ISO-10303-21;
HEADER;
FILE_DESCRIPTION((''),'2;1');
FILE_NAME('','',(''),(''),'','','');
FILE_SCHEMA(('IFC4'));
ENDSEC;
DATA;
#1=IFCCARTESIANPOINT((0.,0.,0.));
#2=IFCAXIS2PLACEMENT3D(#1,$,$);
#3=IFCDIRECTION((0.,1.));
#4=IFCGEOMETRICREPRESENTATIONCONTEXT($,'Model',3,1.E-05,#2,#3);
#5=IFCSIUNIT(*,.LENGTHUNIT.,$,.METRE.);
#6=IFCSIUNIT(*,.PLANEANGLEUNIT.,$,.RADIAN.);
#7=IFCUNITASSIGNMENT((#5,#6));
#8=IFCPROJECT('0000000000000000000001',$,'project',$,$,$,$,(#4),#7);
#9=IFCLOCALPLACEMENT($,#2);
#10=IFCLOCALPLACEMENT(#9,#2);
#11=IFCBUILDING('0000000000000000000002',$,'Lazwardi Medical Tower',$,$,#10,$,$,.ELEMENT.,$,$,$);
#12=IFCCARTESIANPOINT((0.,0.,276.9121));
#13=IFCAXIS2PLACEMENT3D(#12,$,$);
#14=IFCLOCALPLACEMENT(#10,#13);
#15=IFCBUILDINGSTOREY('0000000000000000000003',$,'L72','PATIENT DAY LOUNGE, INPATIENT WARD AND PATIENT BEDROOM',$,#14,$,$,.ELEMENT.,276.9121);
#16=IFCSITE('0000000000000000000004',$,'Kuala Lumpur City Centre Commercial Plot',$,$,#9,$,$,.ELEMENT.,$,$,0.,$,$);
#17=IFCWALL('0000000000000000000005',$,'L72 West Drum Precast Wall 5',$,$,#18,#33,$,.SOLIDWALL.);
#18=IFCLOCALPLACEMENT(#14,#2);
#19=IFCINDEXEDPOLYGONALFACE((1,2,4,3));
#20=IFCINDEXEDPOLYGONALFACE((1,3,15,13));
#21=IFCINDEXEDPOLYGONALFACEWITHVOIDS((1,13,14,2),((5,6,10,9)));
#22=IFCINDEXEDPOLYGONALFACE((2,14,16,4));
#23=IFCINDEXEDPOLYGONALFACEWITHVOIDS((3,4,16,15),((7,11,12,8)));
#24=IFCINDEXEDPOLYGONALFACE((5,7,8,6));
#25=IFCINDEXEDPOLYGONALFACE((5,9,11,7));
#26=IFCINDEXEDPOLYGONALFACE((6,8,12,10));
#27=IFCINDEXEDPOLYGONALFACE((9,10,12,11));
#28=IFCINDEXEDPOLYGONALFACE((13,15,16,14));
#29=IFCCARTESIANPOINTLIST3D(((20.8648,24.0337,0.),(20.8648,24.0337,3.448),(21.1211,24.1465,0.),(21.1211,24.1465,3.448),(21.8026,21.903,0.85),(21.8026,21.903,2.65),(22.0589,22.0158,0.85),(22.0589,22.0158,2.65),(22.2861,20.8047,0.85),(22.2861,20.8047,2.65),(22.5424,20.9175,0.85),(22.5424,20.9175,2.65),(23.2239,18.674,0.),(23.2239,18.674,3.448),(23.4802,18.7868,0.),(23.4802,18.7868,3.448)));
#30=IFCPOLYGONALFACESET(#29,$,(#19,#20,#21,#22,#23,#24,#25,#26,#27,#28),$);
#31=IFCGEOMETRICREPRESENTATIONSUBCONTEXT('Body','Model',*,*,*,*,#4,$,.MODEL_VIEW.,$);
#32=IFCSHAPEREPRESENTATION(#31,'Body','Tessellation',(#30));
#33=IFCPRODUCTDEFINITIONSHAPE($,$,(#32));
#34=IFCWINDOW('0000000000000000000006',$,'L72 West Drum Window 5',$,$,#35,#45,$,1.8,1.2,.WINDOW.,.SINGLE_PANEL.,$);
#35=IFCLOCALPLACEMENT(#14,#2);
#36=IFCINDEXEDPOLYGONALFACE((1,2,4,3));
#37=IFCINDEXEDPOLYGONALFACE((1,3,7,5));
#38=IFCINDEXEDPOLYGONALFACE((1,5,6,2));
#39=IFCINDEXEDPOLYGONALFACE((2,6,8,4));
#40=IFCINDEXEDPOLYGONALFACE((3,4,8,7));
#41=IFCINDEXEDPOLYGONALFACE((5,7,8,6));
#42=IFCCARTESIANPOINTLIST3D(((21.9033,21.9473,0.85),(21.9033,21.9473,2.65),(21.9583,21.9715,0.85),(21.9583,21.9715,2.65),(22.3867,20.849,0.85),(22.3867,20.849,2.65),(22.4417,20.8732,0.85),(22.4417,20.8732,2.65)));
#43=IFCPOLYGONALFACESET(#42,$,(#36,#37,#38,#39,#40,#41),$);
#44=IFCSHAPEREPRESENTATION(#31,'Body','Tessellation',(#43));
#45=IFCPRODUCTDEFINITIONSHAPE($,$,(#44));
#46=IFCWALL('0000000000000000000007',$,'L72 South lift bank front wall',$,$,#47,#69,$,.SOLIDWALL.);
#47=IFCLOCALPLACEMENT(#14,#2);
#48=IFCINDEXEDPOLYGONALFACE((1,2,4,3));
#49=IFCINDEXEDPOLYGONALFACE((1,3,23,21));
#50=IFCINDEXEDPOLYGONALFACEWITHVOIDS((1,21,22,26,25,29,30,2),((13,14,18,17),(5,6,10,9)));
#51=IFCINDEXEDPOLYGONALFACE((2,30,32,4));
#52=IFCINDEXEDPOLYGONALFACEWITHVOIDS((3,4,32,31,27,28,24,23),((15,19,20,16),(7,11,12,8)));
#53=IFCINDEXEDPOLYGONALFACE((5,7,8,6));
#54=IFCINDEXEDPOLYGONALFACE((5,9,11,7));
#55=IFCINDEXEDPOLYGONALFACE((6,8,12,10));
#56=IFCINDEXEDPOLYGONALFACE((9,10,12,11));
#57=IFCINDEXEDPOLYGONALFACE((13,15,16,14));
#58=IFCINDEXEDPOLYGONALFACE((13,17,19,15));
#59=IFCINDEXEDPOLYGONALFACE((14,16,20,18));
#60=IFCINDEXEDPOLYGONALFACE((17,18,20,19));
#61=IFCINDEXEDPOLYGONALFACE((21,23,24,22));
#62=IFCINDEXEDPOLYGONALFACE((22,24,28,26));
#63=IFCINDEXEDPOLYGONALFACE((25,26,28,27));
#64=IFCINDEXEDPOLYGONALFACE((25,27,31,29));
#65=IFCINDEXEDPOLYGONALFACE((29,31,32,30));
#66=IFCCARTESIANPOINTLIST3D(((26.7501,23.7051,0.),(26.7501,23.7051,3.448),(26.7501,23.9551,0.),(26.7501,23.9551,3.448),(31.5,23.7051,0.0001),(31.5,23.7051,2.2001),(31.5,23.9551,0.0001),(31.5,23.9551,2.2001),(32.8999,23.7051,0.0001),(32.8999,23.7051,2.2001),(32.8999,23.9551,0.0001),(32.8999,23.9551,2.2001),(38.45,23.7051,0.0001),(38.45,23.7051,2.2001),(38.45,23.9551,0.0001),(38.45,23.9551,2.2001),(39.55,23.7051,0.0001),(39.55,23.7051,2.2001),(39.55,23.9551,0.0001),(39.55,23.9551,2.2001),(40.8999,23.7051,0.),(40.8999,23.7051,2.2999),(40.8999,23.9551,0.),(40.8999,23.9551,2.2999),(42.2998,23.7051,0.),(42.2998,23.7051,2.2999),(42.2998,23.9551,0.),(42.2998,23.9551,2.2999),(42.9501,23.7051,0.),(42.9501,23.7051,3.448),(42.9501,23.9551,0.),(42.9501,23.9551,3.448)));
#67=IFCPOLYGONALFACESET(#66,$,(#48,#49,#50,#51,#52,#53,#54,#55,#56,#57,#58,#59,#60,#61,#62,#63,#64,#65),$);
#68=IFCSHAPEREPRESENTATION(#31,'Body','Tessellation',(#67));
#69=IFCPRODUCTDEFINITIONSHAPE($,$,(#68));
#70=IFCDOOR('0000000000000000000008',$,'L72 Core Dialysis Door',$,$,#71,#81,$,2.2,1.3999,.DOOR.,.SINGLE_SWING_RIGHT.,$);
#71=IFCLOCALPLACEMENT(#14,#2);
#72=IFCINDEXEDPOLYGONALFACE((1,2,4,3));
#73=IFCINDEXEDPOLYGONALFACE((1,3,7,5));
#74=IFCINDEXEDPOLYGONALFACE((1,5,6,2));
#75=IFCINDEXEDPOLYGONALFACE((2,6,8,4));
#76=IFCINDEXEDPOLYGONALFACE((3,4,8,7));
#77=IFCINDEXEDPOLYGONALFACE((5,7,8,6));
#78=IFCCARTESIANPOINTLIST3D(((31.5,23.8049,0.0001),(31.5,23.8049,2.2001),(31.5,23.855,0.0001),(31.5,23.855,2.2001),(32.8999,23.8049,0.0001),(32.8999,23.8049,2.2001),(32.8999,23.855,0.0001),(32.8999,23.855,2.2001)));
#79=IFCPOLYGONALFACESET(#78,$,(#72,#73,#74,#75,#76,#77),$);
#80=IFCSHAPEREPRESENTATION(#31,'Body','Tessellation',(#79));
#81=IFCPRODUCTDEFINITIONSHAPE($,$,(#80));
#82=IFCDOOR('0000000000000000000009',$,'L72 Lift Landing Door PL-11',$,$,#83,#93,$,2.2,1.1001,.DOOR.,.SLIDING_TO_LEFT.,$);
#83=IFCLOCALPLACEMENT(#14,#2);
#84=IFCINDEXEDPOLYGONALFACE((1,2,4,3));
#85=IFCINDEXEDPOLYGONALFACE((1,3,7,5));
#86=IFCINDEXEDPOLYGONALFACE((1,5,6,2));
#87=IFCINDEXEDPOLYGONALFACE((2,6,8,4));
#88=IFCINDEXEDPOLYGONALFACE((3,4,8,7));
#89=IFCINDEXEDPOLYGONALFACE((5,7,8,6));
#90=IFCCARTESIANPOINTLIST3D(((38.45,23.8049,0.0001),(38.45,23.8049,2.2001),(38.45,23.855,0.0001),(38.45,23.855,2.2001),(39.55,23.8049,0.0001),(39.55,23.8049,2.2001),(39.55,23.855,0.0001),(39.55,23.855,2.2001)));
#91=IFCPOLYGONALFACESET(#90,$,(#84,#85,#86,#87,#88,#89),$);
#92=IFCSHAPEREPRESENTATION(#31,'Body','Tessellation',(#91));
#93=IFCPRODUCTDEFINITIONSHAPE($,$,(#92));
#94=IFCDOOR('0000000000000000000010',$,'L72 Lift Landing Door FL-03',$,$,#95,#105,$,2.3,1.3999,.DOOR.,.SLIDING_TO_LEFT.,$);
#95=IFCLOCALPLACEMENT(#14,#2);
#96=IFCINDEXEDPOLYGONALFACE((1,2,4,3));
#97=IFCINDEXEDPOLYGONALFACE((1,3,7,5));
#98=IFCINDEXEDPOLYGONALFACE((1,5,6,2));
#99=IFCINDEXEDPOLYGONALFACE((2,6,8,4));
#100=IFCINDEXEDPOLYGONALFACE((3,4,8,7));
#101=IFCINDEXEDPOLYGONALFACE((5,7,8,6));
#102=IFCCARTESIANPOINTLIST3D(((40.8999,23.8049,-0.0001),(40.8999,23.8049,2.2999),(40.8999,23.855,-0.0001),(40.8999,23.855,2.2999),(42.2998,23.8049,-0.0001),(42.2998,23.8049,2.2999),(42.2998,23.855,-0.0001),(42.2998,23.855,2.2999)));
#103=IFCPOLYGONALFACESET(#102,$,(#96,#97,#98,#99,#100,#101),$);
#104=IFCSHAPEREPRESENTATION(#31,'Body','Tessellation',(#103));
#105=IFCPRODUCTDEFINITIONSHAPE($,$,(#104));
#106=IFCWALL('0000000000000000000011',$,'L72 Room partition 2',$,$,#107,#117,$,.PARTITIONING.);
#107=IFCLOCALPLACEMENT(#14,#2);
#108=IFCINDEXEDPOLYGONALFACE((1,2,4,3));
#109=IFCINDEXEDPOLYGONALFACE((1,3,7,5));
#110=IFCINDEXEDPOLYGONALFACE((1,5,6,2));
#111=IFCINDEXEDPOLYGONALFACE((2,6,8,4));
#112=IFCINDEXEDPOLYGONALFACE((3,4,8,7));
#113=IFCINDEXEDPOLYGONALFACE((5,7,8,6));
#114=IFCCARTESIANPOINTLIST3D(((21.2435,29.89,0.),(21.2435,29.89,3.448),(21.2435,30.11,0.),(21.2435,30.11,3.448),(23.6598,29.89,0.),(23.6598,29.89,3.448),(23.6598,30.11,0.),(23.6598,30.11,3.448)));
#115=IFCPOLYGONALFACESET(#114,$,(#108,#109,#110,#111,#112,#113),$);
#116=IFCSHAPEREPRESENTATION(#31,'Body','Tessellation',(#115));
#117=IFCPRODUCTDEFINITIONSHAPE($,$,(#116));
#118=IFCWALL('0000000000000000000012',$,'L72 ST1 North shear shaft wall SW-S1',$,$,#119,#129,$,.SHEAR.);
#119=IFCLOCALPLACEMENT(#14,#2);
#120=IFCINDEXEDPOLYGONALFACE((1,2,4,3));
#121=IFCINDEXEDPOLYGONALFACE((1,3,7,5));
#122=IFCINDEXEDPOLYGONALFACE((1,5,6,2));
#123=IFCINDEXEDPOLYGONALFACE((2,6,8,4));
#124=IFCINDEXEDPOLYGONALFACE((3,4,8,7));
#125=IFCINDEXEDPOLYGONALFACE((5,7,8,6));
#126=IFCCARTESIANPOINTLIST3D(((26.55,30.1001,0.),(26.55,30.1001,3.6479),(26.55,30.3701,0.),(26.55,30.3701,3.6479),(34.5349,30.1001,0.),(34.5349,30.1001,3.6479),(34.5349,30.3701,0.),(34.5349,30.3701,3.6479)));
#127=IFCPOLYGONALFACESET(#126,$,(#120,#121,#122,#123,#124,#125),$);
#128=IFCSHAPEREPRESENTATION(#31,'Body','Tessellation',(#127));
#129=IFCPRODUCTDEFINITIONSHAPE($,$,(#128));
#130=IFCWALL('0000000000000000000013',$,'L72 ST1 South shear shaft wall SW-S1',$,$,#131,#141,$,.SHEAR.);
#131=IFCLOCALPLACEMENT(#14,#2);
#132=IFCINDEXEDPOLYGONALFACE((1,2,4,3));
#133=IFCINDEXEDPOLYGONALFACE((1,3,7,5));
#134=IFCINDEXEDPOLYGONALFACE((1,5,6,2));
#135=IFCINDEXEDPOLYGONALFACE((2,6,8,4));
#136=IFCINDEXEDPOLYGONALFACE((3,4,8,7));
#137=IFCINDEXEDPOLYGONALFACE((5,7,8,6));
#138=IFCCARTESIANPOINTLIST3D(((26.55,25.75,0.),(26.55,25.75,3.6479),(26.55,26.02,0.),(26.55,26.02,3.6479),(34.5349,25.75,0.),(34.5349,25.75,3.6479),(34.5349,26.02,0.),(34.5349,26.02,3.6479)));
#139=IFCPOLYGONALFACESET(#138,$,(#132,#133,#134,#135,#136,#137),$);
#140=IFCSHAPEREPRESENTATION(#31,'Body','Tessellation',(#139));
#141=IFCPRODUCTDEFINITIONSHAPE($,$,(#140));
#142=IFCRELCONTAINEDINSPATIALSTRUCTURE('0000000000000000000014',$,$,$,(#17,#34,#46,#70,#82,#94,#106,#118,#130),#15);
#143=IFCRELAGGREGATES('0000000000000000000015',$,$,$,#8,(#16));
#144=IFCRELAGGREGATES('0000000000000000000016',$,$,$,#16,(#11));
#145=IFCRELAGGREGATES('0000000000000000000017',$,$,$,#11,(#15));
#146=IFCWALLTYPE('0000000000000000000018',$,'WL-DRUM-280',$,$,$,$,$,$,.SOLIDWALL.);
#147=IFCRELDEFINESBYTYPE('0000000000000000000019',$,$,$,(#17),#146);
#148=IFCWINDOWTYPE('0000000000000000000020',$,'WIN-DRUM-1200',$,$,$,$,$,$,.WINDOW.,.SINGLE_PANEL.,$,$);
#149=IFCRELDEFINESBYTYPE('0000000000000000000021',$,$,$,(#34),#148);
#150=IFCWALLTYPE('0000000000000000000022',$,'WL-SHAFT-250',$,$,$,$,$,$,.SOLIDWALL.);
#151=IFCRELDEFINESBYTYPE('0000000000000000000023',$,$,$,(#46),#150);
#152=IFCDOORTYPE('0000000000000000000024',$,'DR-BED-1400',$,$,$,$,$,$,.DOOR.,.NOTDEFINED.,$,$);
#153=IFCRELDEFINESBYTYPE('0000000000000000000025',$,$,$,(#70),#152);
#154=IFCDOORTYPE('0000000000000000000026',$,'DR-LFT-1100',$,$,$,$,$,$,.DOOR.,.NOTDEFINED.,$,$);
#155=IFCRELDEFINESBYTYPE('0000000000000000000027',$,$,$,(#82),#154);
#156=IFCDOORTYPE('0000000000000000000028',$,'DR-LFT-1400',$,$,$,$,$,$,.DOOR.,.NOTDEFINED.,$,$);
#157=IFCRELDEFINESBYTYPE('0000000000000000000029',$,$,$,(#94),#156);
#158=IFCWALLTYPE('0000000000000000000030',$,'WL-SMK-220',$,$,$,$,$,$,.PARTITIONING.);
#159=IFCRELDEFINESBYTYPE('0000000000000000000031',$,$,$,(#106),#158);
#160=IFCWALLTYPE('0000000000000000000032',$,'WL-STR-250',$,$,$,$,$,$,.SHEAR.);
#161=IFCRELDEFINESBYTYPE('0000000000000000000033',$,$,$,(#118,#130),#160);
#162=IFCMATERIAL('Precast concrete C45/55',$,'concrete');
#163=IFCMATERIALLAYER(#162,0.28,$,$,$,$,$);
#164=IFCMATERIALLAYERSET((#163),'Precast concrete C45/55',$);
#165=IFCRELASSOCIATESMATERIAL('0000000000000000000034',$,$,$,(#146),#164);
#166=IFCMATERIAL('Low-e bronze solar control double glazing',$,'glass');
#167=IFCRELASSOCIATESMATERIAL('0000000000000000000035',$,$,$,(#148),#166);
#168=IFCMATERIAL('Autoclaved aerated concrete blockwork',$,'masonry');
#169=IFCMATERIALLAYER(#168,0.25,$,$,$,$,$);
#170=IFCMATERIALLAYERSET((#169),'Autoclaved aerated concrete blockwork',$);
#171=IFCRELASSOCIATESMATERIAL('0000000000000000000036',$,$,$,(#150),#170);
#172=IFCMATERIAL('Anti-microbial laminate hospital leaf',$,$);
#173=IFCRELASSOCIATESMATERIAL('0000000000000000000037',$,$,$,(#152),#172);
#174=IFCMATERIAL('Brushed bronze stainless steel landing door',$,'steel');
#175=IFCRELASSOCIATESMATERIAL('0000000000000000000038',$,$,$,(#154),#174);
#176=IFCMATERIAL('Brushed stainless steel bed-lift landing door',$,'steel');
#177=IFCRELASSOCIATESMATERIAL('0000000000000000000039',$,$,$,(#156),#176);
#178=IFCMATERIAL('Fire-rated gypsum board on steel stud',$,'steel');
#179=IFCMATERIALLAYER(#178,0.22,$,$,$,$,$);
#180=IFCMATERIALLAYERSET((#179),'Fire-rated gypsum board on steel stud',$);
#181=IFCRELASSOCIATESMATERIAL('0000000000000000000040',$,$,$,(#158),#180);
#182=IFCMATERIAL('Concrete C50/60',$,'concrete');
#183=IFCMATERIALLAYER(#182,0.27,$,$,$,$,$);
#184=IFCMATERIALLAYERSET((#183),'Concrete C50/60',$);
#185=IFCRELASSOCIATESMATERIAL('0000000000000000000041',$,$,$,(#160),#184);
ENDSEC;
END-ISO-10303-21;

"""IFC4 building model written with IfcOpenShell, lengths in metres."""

from ifc_helpers import new_model, si_unit, direction, frame, frame_2d, origin, place, context, subcontext, project, spatial, rectangle, extrude, material, layer, layer_set, type_object, element, fill, save


model = new_model("IFC4")

# Units and contexts
model_context = context("Model", 3, precision=1e-05, world=origin(), true_north=direction((0.0, 1.0)))
body_context = subcontext(model_context, "Body", "Model", "MODEL_VIEW")
ifc_project = project(units=[si_unit("LENGTHUNIT", "METRE"), si_unit("PLANEANGLEUNIT", "RADIAN")], contexts=[model_context])

# Site, building, storey
site_placement = place(None, origin())
site = spatial("IfcSite", under=ifc_project, at=site_placement, Name="Kuala Lumpur City Centre Commercial Plot", CompositionType="ELEMENT", RefElevation=0.0)
building_placement = place(site_placement, origin())
building = spatial("IfcBuilding", under=site, at=building_placement, Name="Lazwardi Medical Tower", CompositionType="ELEMENT")
storey_placement = place(building_placement, frame((0.0, 0.0, 276.9121)))
storey = spatial("IfcBuildingStorey", under=building, at=storey_placement, Name="L72", Description="PATIENT DAY LOUNGE, INPATIENT WARD AND PATIENT BEDROOM", CompositionType="ELEMENT", Elevation=276.9121)

# Wall, opening, window
ifc_material_1 = material(Name="Precast concrete C45/55", Category="concrete")
ifc_layer_1 = layer(ifc_material_1, 0.28)
ifc_layer_set_1 = layer_set([ifc_layer_1], Name="Precast concrete C45/55")
wall_type_1 = type_object("IfcWallType", Name="WL-DRUM-280", PredefinedType="SOLIDWALL", material=ifc_layer_set_1)
ifc_material_2 = material(Name="Low-e bronze solar control double glazing", Category="glass")
window_type = type_object("IfcWindowType", Name="WIN-DRUM-1200", PartitioningType="SINGLE_PANEL", PredefinedType="WINDOW", material=ifc_material_2)
wall_1_placement = place(storey_placement, frame((20.9929, 24.0901, 0.0), z_axis=(0.0, 0.0, 1.0), x_axis=(0.402867, -0.915258, 0.0)))
wall_1 = element("IfcWall", 1, at=wall_1_placement, inside=storey, type_object=wall_type_1, Name="L72 West Drum Precast Wall 5", PredefinedType="SOLIDWALL", context=body_context, shape_type="SweptSolid", body=[
    extrude(rectangle(XDim=5.856, YDim=0.28, at=frame_2d((2.928, 0.0))), origin(), (0.0, 0.0, 1.0), 3.448),
])
opening_1_placement = place(wall_1_placement, frame((2.3279, 0.0, 0.8501)))
opening_1 = element("IfcOpeningElement", 2, at=opening_1_placement, cuts=wall_1, PredefinedType="OPENING", context=body_context, shape_type="SweptSolid", body=[
    extrude(rectangle(XDim=1.2, YDim=1.8, at=frame_2d((0.6001, 0.8999))), frame((0.0, 0.1499, 0.0), z_axis=(0.0, -1.0, 0.0), x_axis=(1.0, 0.0, 0.0)), (0.0, 0.0, 1.0), 0.3),
])
window_1_placement = place(opening_1_placement, origin())
window_1 = element("IfcWindow", 3, at=window_1_placement, inside=storey, type_object=window_type, Name="L72 West Drum Window 5", OverallHeight=1.8, OverallWidth=1.2, PartitioningType="SINGLE_PANEL", PredefinedType="WINDOW", context=body_context, shape_type="SweptSolid", body=[
    extrude(rectangle(XDim=1.2, YDim=1.8, at=frame_2d((0.6001, 0.8999))), frame((0.0, 0.03, 0.0), z_axis=(0.0, -1.0, 0.0), x_axis=(1.0, 0.0, 0.0)), (0.0, 0.0, 1.0), 0.0601),
])
fill(opening_1, window_1)

# Wall, openings, doors
ifc_material_3 = material(Name="Autoclaved aerated concrete blockwork", Category="masonry")
ifc_layer_2 = layer(ifc_material_3, 0.25)
ifc_layer_set_2 = layer_set([ifc_layer_2], Name="Autoclaved aerated concrete blockwork")
wall_type_2 = type_object("IfcWallType", Name="WL-SHAFT-250", PredefinedType="SOLIDWALL", material=ifc_layer_set_2)
wall_2_placement = place(storey_placement, frame((26.75, 23.8301, 0.0), z_axis=(0.0, 0.0, 1.0), x_axis=(1.0, 0.0, 0.0)))
wall_2 = element("IfcWall", 4, at=wall_2_placement, inside=storey, type_object=wall_type_2, Name="L72 South lift bank front wall", PredefinedType="SOLIDWALL", context=body_context, shape_type="SweptSolid", body=[
    extrude(rectangle(XDim=16.2, YDim=0.25, at=frame_2d((8.1001, 0.0))), origin(), (0.0, 0.0, 1.0), 3.448),
])
opening_2_placement = place(wall_2_placement, frame((4.75, 0.0, 0.0)))
opening_2 = element("IfcOpeningElement", 5, at=opening_2_placement, cuts=wall_2, PredefinedType="OPENING", context=body_context, shape_type="SweptSolid", body=[
    extrude(rectangle(XDim=1.3999, YDim=2.2, at=frame_2d((0.7, 1.1001))), frame((0.0, 0.135, 0.0), z_axis=(0.0, -1.0, 0.0), x_axis=(1.0, 0.0, 0.0)), (0.0, 0.0, 1.0), 0.27),
])
opening_3_placement = place(wall_2_placement, frame((11.7, 0.0, 0.0)))
opening_3 = element("IfcOpeningElement", 6, at=opening_3_placement, cuts=wall_2, PredefinedType="OPENING", context=body_context, shape_type="SweptSolid", body=[
    extrude(rectangle(XDim=1.1001, YDim=2.2, at=frame_2d((0.55, 1.1001))), frame((0.0, 0.135, 0.0), z_axis=(0.0, -1.0, 0.0), x_axis=(1.0, 0.0, 0.0)), (0.0, 0.0, 1.0), 0.27),
])
opening_4_placement = place(wall_2_placement, frame((14.1499, 0.0, 0.0)))
opening_4 = element("IfcOpeningElement", 7, at=opening_4_placement, cuts=wall_2, PredefinedType="OPENING", context=body_context, shape_type="SweptSolid", body=[
    extrude(rectangle(XDim=1.3999, YDim=2.3, at=frame_2d((0.7, 1.1499))), frame((0.0, 0.135, 0.0), z_axis=(0.0, -1.0, 0.0), x_axis=(1.0, 0.0, 0.0)), (0.0, 0.0, 1.0), 0.27),
])
ifc_material_4 = material(Name="Anti-microbial laminate hospital leaf")
door_type_1 = type_object("IfcDoorType", Name="DR-BED-1400", OperationType="NOTDEFINED", PredefinedType="DOOR", material=ifc_material_4)
door_1_placement = place(opening_2_placement, origin())
door_1 = element("IfcDoor", 8, at=door_1_placement, inside=storey, type_object=door_type_1, Name="L72 Core Dialysis Door", OperationType="SINGLE_SWING_RIGHT", OverallHeight=2.2, OverallWidth=1.3999, PredefinedType="DOOR", context=body_context, shape_type="SweptSolid", body=[
    extrude(rectangle(XDim=1.3999, YDim=2.2, at=frame_2d((0.7, 1.1001))), frame((0.0, 0.0249, 0.0), z_axis=(0.0, -1.0, 0.0), x_axis=(1.0, 0.0, 0.0)), (0.0, 0.0, 1.0), 0.05),
])
fill(opening_2, door_1)
ifc_material_5 = material(Name="Brushed bronze stainless steel landing door", Category="steel")
door_type_2 = type_object("IfcDoorType", Name="DR-LFT-1100", OperationType="NOTDEFINED", PredefinedType="DOOR", material=ifc_material_5)
door_2_placement = place(opening_3_placement, origin())
door_2 = element("IfcDoor", 9, at=door_2_placement, inside=storey, type_object=door_type_2, Name="L72 Lift Landing Door PL-11", OperationType="SLIDING_TO_LEFT", OverallHeight=2.2, OverallWidth=1.1001, PredefinedType="DOOR", context=body_context, shape_type="SweptSolid", body=[
    extrude(rectangle(XDim=1.1001, YDim=2.2, at=frame_2d((0.55, 1.1001))), frame((0.0, 0.0249, 0.0), z_axis=(0.0, -1.0, 0.0), x_axis=(1.0, 0.0, 0.0)), (0.0, 0.0, 1.0), 0.05),
])
fill(opening_3, door_2)
ifc_material_6 = material(Name="Brushed stainless steel bed-lift landing door", Category="steel")
door_type_3 = type_object("IfcDoorType", Name="DR-LFT-1400", OperationType="NOTDEFINED", PredefinedType="DOOR", material=ifc_material_6)
door_3_placement = place(opening_4_placement, origin())
door_3 = element("IfcDoor", 10, at=door_3_placement, inside=storey, type_object=door_type_3, Name="L72 Lift Landing Door FL-03", OperationType="SLIDING_TO_LEFT", OverallHeight=2.3, OverallWidth=1.3999, PredefinedType="DOOR", context=body_context, shape_type="SweptSolid", body=[
    extrude(rectangle(XDim=1.3999, YDim=2.3, at=frame_2d((0.7, 1.1499))), frame((0.0, 0.0249, 0.0), z_axis=(0.0, -1.0, 0.0), x_axis=(1.0, 0.0, 0.0)), (0.0, 0.0, 1.0), 0.05),
])
fill(opening_4, door_3)

# Walls
ifc_material_7 = material(Name="Fire-rated gypsum board on steel stud", Category="steel")
ifc_layer_3 = layer(ifc_material_7, 0.22)
ifc_layer_set_3 = layer_set([ifc_layer_3], Name="Fire-rated gypsum board on steel stud")
wall_type_3 = type_object("IfcWallType", Name="WL-SMK-220", PredefinedType="PARTITIONING", material=ifc_layer_set_3)
wall_3_placement = place(storey_placement, frame((21.2437, 30.0, 0.0), z_axis=(0.0, 0.0, 1.0), x_axis=(1.0, 0.0, 0.0)))
element("IfcWall", 11, at=wall_3_placement, inside=storey, type_object=wall_type_3, Name="L72 Room partition 2", PredefinedType="PARTITIONING", context=body_context, shape_type="SweptSolid", body=[
    extrude(rectangle(XDim=2.4163, YDim=0.22, at=frame_2d((1.208, 0.0))), origin(), (0.0, 0.0, 1.0), 3.448),
])
ifc_material_8 = material(Name="Concrete C50/60", Category="concrete")
ifc_layer_4 = layer(ifc_material_8, 0.27)
ifc_layer_set_4 = layer_set([ifc_layer_4], Name="Concrete C50/60")
wall_type_4 = type_object("IfcWallType", Name="WL-STR-250", PredefinedType="SHEAR", material=ifc_layer_set_4)
for number, where, z_axis, x_axis, name in (
    (12, (26.55, 30.2351, 0.0), (0.0, 0.0, 1.0), (1.0, 0.0, 0.0), "L72 ST1 North shear shaft wall SW-S1"),
    (13, (26.55, 25.885, 0.0), (0.0, 0.0, 1.0), (1.0, 0.0, 0.0), "L72 ST1 South shear shaft wall SW-S1"),
):
    element("IfcWall", number, at=place(storey_placement, frame(where, z_axis=z_axis, x_axis=x_axis)), inside=storey, type_object=wall_type_4, Name=name, PredefinedType="SHEAR", context=body_context, shape_type="SweptSolid", body=[
        extrude(rectangle(XDim=7.9849, YDim=0.27, at=frame_2d((3.9924, 0.0))), origin(), (0.0, 0.0, 1.0), 3.6479),
    ])

save(model, "model.ifc")
